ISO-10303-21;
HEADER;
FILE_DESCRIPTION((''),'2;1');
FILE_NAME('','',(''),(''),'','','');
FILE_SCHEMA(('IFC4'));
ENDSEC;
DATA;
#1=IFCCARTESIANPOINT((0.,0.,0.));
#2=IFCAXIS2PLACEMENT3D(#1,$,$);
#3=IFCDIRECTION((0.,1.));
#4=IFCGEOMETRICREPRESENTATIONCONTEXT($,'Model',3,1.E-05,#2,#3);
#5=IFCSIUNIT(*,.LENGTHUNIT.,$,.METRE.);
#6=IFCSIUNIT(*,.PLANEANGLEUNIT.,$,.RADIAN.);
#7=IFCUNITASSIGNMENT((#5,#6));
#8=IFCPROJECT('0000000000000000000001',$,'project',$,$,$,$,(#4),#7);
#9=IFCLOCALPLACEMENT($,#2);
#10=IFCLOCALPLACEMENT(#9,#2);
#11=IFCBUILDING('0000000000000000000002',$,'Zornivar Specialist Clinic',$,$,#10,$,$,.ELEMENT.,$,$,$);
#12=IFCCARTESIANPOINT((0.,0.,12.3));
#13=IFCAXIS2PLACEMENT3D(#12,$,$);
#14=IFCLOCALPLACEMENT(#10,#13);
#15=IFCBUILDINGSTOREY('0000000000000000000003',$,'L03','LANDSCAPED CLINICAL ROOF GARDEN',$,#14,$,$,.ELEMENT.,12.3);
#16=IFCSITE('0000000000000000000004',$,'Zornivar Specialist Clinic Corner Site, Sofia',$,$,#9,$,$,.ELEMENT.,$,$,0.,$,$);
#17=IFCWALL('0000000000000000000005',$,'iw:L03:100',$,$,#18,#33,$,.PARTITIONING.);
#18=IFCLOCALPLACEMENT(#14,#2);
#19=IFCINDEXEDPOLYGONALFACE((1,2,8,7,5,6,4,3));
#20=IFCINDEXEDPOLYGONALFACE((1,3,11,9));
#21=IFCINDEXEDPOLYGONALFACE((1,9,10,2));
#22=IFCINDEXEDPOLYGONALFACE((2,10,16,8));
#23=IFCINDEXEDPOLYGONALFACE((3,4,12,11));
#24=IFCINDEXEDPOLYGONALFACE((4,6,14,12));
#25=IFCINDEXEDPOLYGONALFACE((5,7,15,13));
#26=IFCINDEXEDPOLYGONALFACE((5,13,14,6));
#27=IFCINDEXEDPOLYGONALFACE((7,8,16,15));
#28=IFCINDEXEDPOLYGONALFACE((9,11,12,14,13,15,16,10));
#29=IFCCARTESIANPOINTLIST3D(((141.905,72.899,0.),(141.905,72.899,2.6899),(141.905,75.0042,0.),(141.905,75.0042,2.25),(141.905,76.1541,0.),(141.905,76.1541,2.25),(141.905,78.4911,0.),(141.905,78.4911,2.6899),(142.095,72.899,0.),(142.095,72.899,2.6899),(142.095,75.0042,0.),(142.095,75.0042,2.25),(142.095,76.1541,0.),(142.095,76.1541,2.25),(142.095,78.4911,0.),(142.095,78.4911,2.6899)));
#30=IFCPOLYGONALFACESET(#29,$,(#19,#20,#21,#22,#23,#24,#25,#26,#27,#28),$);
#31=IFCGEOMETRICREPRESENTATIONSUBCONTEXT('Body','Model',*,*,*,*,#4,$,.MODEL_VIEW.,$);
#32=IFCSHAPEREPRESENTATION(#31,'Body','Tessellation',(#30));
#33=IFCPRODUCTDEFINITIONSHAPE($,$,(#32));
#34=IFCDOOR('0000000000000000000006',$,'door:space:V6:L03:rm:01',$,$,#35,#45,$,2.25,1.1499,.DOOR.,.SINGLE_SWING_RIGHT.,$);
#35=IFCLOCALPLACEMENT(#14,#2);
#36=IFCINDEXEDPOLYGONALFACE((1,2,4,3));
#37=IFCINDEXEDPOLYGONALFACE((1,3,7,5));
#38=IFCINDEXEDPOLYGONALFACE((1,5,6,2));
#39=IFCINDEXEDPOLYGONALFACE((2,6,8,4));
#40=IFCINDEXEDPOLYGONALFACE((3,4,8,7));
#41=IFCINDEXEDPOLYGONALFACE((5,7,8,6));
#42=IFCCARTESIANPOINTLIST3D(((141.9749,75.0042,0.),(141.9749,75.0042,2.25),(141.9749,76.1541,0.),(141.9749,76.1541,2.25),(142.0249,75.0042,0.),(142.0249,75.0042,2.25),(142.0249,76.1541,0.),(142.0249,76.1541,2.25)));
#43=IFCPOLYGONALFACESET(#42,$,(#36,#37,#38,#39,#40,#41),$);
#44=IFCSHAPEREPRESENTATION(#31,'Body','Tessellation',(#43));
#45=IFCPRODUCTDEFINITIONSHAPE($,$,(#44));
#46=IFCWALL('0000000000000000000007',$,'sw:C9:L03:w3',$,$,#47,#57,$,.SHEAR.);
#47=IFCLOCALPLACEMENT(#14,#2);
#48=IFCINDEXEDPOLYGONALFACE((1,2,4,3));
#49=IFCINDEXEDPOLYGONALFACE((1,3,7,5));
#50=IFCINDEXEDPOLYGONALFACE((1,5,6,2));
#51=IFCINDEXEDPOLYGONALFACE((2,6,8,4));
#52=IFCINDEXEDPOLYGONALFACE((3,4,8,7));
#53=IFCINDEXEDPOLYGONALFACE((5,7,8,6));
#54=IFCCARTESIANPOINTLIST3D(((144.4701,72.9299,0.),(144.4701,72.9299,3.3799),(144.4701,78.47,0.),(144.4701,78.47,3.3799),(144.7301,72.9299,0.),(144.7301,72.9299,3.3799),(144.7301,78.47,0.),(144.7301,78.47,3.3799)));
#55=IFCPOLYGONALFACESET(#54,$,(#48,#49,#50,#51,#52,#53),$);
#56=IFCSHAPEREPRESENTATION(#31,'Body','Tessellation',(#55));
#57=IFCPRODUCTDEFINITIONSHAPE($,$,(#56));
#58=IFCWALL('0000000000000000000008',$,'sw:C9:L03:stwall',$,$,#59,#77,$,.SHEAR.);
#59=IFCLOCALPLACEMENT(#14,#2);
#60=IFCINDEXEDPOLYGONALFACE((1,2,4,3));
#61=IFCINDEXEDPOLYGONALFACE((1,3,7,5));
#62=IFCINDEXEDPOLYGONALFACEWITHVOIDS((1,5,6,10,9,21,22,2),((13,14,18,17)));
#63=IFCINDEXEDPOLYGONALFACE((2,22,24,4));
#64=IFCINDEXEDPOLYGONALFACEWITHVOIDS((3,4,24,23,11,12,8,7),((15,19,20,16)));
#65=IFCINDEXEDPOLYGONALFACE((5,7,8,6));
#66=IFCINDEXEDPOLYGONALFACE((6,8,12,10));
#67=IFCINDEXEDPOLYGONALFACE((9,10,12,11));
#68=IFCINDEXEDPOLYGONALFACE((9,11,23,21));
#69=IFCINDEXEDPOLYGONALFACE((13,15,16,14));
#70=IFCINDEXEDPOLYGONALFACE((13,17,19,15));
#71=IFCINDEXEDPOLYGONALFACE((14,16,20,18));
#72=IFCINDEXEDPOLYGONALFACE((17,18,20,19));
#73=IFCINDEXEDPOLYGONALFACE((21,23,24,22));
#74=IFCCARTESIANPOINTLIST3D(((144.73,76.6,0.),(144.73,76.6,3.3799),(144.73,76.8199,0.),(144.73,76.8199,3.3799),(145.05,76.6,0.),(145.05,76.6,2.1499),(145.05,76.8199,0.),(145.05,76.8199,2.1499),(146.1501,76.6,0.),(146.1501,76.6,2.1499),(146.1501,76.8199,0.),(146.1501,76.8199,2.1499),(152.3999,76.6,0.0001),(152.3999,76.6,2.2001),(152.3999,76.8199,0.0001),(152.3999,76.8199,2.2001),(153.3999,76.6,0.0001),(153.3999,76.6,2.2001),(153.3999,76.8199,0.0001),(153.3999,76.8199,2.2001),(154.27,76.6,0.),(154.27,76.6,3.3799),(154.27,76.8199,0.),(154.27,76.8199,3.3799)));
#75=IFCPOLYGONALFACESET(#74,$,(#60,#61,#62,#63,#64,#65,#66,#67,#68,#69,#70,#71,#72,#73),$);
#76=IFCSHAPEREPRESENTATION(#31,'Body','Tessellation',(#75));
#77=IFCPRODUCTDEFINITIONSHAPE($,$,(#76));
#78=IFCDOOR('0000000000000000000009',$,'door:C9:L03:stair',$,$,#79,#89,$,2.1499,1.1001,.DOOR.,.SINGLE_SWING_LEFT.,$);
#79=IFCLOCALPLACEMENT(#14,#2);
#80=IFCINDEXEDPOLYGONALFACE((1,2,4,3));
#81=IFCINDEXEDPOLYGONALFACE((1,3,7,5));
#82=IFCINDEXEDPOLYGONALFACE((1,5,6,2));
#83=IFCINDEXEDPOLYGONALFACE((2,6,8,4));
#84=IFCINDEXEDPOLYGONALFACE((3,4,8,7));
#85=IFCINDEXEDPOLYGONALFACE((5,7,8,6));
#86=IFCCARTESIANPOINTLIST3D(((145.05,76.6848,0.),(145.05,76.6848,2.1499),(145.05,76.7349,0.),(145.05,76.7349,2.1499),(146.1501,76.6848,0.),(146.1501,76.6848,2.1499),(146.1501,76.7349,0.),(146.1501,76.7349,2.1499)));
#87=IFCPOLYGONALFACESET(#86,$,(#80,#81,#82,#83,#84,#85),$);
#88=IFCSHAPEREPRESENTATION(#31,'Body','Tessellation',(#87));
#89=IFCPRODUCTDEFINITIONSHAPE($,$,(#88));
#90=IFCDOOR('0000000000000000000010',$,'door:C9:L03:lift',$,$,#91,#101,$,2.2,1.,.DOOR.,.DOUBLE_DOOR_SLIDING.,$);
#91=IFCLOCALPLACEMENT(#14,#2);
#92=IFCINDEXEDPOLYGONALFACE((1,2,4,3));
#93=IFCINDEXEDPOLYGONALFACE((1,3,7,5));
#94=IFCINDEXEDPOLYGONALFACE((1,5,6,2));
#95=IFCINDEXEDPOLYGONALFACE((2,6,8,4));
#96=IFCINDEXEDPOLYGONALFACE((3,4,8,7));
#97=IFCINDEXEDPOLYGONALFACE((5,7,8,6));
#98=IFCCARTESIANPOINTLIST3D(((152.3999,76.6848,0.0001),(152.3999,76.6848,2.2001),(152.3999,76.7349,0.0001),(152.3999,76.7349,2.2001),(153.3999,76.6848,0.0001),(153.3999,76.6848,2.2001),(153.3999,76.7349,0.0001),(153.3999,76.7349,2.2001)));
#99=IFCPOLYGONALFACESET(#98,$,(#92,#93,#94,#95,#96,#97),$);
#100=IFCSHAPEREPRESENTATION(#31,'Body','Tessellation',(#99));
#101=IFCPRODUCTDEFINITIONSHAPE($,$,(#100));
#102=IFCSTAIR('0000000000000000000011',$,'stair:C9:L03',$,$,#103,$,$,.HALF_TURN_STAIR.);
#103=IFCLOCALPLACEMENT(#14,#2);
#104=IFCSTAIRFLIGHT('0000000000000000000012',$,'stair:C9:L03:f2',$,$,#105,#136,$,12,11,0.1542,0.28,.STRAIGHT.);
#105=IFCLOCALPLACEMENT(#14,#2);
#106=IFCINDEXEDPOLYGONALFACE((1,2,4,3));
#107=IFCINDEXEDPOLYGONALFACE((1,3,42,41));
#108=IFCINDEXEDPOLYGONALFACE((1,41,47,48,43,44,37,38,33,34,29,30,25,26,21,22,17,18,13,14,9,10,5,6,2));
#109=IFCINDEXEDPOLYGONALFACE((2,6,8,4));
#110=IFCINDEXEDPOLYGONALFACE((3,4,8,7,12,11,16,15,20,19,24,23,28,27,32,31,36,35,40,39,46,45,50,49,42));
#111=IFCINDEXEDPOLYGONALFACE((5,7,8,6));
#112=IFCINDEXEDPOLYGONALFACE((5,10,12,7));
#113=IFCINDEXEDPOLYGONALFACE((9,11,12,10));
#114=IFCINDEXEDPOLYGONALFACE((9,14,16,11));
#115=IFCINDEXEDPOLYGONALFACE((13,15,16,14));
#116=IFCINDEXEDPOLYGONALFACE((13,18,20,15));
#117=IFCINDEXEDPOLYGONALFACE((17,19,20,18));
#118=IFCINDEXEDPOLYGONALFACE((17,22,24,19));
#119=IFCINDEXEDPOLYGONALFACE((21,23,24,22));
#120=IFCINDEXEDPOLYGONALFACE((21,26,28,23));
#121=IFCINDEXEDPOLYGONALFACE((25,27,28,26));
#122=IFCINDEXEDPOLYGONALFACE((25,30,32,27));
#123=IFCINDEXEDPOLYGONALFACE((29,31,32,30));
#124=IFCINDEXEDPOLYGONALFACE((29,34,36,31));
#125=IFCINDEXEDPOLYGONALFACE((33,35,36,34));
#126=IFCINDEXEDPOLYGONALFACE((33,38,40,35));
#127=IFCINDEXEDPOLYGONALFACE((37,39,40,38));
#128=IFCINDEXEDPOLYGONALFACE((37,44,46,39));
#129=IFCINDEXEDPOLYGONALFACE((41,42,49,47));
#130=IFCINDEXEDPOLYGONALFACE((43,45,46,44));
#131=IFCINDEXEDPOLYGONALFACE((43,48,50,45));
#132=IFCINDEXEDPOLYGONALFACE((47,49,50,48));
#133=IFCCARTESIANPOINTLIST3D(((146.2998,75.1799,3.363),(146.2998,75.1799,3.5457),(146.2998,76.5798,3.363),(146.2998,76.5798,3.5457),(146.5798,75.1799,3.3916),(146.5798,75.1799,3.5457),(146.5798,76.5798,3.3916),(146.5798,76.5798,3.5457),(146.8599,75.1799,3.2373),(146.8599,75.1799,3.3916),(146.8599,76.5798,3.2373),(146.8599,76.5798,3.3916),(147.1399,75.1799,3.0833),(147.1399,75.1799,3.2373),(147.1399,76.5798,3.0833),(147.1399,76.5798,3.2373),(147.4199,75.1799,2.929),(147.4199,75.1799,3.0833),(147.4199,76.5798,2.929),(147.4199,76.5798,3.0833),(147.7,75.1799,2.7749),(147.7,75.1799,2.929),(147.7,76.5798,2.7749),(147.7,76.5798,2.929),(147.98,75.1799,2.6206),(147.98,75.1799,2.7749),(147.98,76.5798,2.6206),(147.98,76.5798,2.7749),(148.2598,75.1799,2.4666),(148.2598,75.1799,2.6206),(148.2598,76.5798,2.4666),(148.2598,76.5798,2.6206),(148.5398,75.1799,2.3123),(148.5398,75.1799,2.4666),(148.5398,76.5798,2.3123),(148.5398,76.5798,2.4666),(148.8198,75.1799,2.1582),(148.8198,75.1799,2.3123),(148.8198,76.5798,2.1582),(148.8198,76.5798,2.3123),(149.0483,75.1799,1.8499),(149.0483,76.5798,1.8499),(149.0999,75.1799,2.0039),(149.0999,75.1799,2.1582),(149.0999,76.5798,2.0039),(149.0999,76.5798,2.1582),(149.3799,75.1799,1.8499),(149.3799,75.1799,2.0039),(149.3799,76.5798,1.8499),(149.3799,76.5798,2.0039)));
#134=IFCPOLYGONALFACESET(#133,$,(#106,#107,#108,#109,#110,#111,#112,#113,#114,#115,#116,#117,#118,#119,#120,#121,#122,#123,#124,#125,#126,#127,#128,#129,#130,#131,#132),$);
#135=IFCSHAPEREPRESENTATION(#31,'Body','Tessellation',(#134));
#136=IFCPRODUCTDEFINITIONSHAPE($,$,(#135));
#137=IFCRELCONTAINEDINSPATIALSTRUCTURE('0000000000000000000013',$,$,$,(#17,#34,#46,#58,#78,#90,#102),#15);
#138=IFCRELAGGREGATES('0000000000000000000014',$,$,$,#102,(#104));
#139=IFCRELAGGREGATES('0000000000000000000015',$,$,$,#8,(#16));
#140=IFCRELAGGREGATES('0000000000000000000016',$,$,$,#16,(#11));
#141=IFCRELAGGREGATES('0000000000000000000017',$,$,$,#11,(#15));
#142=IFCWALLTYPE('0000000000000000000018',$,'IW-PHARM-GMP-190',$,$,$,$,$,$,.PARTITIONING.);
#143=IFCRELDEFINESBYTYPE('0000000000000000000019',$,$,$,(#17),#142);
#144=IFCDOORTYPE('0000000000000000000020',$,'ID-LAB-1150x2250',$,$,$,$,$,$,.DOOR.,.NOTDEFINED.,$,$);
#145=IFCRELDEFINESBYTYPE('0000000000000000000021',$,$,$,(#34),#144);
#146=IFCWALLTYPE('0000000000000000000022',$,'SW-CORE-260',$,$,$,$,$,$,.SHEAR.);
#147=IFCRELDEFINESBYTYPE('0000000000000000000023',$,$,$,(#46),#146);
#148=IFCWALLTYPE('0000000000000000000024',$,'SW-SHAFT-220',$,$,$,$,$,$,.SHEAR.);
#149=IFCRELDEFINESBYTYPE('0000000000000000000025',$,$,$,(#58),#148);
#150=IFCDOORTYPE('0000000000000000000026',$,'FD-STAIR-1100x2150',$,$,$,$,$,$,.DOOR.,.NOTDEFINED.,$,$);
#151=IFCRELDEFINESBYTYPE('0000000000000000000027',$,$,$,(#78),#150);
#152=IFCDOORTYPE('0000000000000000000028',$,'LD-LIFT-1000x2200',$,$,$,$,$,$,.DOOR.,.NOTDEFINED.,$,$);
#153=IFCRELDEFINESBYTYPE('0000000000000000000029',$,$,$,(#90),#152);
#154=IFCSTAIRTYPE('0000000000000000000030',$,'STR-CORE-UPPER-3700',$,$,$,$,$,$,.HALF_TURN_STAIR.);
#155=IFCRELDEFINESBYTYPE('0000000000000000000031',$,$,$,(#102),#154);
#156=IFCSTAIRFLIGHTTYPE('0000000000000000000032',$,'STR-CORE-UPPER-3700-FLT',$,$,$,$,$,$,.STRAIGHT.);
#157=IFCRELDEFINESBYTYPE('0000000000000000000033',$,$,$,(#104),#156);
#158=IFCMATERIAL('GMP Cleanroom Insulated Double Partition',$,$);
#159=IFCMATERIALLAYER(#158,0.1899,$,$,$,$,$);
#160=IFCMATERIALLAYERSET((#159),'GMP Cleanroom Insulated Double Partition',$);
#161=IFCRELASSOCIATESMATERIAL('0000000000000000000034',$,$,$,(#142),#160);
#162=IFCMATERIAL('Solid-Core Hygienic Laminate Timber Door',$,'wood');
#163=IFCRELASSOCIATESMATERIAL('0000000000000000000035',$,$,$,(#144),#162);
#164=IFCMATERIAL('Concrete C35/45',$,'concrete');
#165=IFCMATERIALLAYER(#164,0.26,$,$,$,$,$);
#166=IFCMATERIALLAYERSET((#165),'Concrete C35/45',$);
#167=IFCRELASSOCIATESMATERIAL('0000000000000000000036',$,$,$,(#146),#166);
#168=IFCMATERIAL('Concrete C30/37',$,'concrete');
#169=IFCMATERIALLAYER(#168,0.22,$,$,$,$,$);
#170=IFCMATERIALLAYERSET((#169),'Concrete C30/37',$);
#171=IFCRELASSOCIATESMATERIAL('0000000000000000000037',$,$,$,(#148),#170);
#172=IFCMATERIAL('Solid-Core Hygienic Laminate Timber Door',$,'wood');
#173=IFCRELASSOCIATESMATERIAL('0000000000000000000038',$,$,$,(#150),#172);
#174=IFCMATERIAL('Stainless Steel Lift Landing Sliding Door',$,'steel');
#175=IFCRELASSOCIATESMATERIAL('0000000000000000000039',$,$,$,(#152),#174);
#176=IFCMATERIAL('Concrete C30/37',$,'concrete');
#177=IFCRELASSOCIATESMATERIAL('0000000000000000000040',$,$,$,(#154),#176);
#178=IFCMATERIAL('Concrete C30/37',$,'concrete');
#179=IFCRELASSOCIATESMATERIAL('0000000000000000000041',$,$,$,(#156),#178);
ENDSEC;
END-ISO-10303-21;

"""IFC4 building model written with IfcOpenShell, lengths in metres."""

from ifc_helpers import new_model, si_unit, direction, frame, frame_2d, origin, place, context, subcontext, project, spatial, polyline, rectangle, outline, extrude, material, layer, layer_set, type_object, element, fill, aggregate, save


model = new_model("IFC4")

# Units and contexts
model_context = context("Model", 3, precision=1e-05, world=origin(), true_north=direction((0.0, 1.0)))
body_context = subcontext(model_context, "Body", "Model", "MODEL_VIEW")
ifc_project = project(units=[si_unit("LENGTHUNIT", "METRE"), si_unit("PLANEANGLEUNIT", "RADIAN")], contexts=[model_context])

# Site, building, storey
site_placement = place(None, origin())
site = spatial("IfcSite", under=ifc_project, at=site_placement, Name="Zornivar Specialist Clinic Corner Site, Sofia", CompositionType="ELEMENT", RefElevation=0.0)
building_placement = place(site_placement, origin())
building = spatial("IfcBuilding", under=site, at=building_placement, Name="Zornivar Specialist Clinic", CompositionType="ELEMENT")
storey_placement = place(building_placement, frame((0.0, 0.0, 12.3)))
storey = spatial("IfcBuildingStorey", under=building, at=storey_placement, Name="L03", Description="LANDSCAPED CLINICAL ROOF GARDEN", CompositionType="ELEMENT", Elevation=12.3)

# Shared definitions
ifc_material_1 = material(Name="GMP Cleanroom Insulated Double Partition")
ifc_layer_1 = layer(ifc_material_1, 0.1899)
ifc_layer_set_1 = layer_set([ifc_layer_1], Name="GMP Cleanroom Insulated Double Partition")
wall_type_1 = type_object("IfcWallType", Name="IW-PHARM-GMP-190", PredefinedType="PARTITIONING", material=ifc_layer_set_1)

# Wall, opening, door
wall_1_placement = place(storey_placement, frame((142.0, 78.491, 0.0), z_axis=(0.0, 0.0, 1.0), x_axis=(0.0, -1.0, 0.0)))
wall_1 = element("IfcWall", 1, at=wall_1_placement, inside=storey, type_object=wall_type_1, Name="iw:L03:100", PredefinedType="PARTITIONING", context=body_context, shape_type="SweptSolid", body=[
    extrude(rectangle(XDim=5.592, YDim=0.1899, at=frame_2d((2.7959, 0.0))), origin(), (0.0, 0.0, 1.0), 2.6899),
])
opening_1_placement = place(wall_1_placement, frame((2.3369, 0.0, 0.0)))
opening_1 = element("IfcOpeningElement", 2, at=opening_1_placement, cuts=wall_1, PredefinedType="OPENING", context=body_context, shape_type="SweptSolid", body=[
    extrude(rectangle(XDim=1.1499, YDim=2.25, at=frame_2d((0.575, 1.125))), frame((0.0, 0.105, 0.0), z_axis=(0.0, -1.0, 0.0), x_axis=(1.0, 0.0, 0.0)), (0.0, 0.0, 1.0), 0.21),
])
ifc_material_2 = material(Name="Solid-Core Hygienic Laminate Timber Door", Category="wood")
door_type_1 = type_object("IfcDoorType", Name="ID-LAB-1150x2250", OperationType="NOTDEFINED", PredefinedType="DOOR", material=ifc_material_2)
door_1_placement = place(opening_1_placement, origin())
door_1 = element("IfcDoor", 3, at=door_1_placement, inside=storey, type_object=door_type_1, Name="door:space:V6:L03:rm:01", OperationType="SINGLE_SWING_RIGHT", OverallHeight=2.25, OverallWidth=1.1499, PredefinedType="DOOR", context=body_context, shape_type="SweptSolid", body=[
    extrude(rectangle(XDim=1.1499, YDim=2.25, at=frame_2d((0.575, 1.125))), frame((0.0, 0.0249, 0.0), z_axis=(0.0, -1.0, 0.0), x_axis=(1.0, 0.0, 0.0)), (0.0, 0.0, 1.0), 0.05),
])
fill(opening_1, door_1)

# Wall
ifc_material_3 = material(Name="Concrete C35/45", Category="concrete")
ifc_layer_2 = layer(ifc_material_3, 0.26)
ifc_layer_set_2 = layer_set([ifc_layer_2], Name="Concrete C35/45")
wall_type_2 = type_object("IfcWallType", Name="SW-CORE-260", PredefinedType="SHEAR", material=ifc_layer_set_2)
wall_2_placement = place(storey_placement, frame((144.6001, 78.47, 0.0), z_axis=(0.0, 0.0, 1.0), x_axis=(0.0, -1.0, 0.0)))
element("IfcWall", 4, at=wall_2_placement, inside=storey, type_object=wall_type_2, Name="sw:C9:L03:w3", PredefinedType="SHEAR", context=body_context, shape_type="SweptSolid", body=[
    extrude(rectangle(XDim=5.54, YDim=0.26, at=frame_2d((2.77, 0.0))), origin(), (0.0, 0.0, 1.0), 3.3799),
])

# Wall, openings, doors
ifc_material_4 = material(Name="Concrete C30/37", Category="concrete")
ifc_layer_3 = layer(ifc_material_4, 0.22)
ifc_layer_set_3 = layer_set([ifc_layer_3], Name="Concrete C30/37")
wall_type_3 = type_object("IfcWallType", Name="SW-SHAFT-220", PredefinedType="SHEAR", material=ifc_layer_set_3)
wall_3_placement = place(storey_placement, frame((144.73, 76.71, 0.0), z_axis=(0.0, 0.0, 1.0), x_axis=(1.0, 0.0, 0.0)))
wall_3 = element("IfcWall", 5, at=wall_3_placement, inside=storey, type_object=wall_type_3, Name="sw:C9:L03:stwall", PredefinedType="SHEAR", context=body_context, shape_type="SweptSolid", body=[
    extrude(rectangle(XDim=9.54, YDim=0.22, at=frame_2d((4.77, 0.0))), origin(), (0.0, 0.0, 1.0), 3.3799),
])
opening_2_placement = place(wall_3_placement, frame((0.3201, 0.0, 0.0)))
opening_2 = element("IfcOpeningElement", 6, at=opening_2_placement, cuts=wall_3, PredefinedType="OPENING", context=body_context, shape_type="SweptSolid", body=[
    extrude(rectangle(XDim=1.1001, YDim=2.1499, at=frame_2d((0.55, 1.075))), frame((0.0, 0.1199, 0.0), z_axis=(0.0, -1.0, 0.0), x_axis=(1.0, 0.0, 0.0)), (0.0, 0.0, 1.0), 0.24),
])
opening_3_placement = place(wall_3_placement, frame((7.6699, 0.0, 0.0)))
opening_3 = element("IfcOpeningElement", 7, at=opening_3_placement, cuts=wall_3, PredefinedType="OPENING", context=body_context, shape_type="SweptSolid", body=[
    extrude(rectangle(XDim=1.0, YDim=2.2, at=frame_2d((0.5, 1.1001))), frame((0.0, 0.1199, 0.0), z_axis=(0.0, -1.0, 0.0), x_axis=(1.0, 0.0, 0.0)), (0.0, 0.0, 1.0), 0.24),
])
ifc_material_5 = material(Name="Solid-Core Hygienic Laminate Timber Door", Category="wood")
door_type_2 = type_object("IfcDoorType", Name="FD-STAIR-1100x2150", OperationType="NOTDEFINED", PredefinedType="DOOR", material=ifc_material_5)
door_2_placement = place(opening_2_placement, origin())
door_2 = element("IfcDoor", 8, at=door_2_placement, inside=storey, type_object=door_type_2, Name="door:C9:L03:stair", OperationType="SINGLE_SWING_LEFT", OverallHeight=2.1499, OverallWidth=1.1001, PredefinedType="DOOR", context=body_context, shape_type="SweptSolid", body=[
    extrude(rectangle(XDim=1.1001, YDim=2.1499, at=frame_2d((0.55, 1.075))), frame((0.0, 0.0249, 0.0), z_axis=(0.0, -1.0, 0.0), x_axis=(1.0, 0.0, 0.0)), (0.0, 0.0, 1.0), 0.05),
])
fill(opening_2, door_2)
ifc_material_6 = material(Name="Stainless Steel Lift Landing Sliding Door", Category="steel")
door_type_3 = type_object("IfcDoorType", Name="LD-LIFT-1000x2200", OperationType="NOTDEFINED", PredefinedType="DOOR", material=ifc_material_6)
door_3_placement = place(opening_3_placement, origin())
door_3 = element("IfcDoor", 9, at=door_3_placement, inside=storey, type_object=door_type_3, Name="door:C9:L03:lift", OperationType="DOUBLE_DOOR_SLIDING", OverallHeight=2.2, OverallWidth=1.0, PredefinedType="DOOR", context=body_context, shape_type="SweptSolid", body=[
    extrude(rectangle(XDim=1.0, YDim=2.2, at=frame_2d((0.5, 1.1001))), frame((0.0, 0.0249, 0.0), z_axis=(0.0, -1.0, 0.0), x_axis=(1.0, 0.0, 0.0)), (0.0, 0.0, 1.0), 0.05),
])
fill(opening_3, door_3)

# Stair, stair flight
ifc_material_7 = material(Name="Concrete C30/37", Category="concrete")
stair_type = type_object("IfcStairType", Name="STR-CORE-UPPER-3700", PredefinedType="HALF_TURN_STAIR", material=ifc_material_7)
stair_placement = place(storey_placement, origin())
stair = element("IfcStair", 10, at=stair_placement, inside=storey, type_object=stair_type, Name="stair:C9:L03", PredefinedType="HALF_TURN_STAIR")
ifc_material_8 = material(Name="Concrete C30/37", Category="concrete")
stair_flight_type = type_object("IfcStairFlightType", Name="STR-CORE-UPPER-3700-FLT", PredefinedType="STRAIGHT", material=ifc_material_8)
stair_flight_placement = place(storey_placement, frame((149.3799, 75.8799, 1.8499), z_axis=(0.0, 0.0, 1.0), x_axis=(-1.0, 0.0, 0.0)))
stair_flight = element("IfcStairFlight", 11, at=stair_flight_placement, type_object=stair_flight_type, Name="stair:C9:L03:f2", NumberOfRisers=12, NumberOfTreads=11, PredefinedType="STRAIGHT", RiserHeight=0.1542, TreadLength=0.28, context=body_context, shape_type="SweptSolid", body=[
    extrude(outline(polyline([(0.0, 0.0), (0.0, 0.1541), (0.28, 0.1541), (0.28, 0.3083), (0.5601, 0.3083), (0.5601, 0.4624), (0.8401, 0.4624), (0.8401, 0.6167), (1.1201, 0.6167), (1.1201, 0.7708), (1.3999, 0.7708), (1.3999, 0.925), (1.6799, 0.925), (1.6799, 1.0791), (1.96, 1.0791), (1.96, 1.2334), (2.24, 1.2334), (2.24, 1.3875), (2.52, 1.3875), (2.52, 1.5417), (2.8, 1.5417), (2.8, 1.6958), (3.0801, 1.6958), (3.0801, 1.8501), (3.0801, 1.5132), (0.3315, 0.0), (0.0, 0.0)])), frame((0.0, 0.7, 0.0), z_axis=(0.0, -1.0, 0.0), x_axis=(1.0, 0.0, 0.0)), (0.0, 0.0, 1.0), 1.3999),
])
aggregate(stair, [stair_flight])

save(model, "model.ifc")
